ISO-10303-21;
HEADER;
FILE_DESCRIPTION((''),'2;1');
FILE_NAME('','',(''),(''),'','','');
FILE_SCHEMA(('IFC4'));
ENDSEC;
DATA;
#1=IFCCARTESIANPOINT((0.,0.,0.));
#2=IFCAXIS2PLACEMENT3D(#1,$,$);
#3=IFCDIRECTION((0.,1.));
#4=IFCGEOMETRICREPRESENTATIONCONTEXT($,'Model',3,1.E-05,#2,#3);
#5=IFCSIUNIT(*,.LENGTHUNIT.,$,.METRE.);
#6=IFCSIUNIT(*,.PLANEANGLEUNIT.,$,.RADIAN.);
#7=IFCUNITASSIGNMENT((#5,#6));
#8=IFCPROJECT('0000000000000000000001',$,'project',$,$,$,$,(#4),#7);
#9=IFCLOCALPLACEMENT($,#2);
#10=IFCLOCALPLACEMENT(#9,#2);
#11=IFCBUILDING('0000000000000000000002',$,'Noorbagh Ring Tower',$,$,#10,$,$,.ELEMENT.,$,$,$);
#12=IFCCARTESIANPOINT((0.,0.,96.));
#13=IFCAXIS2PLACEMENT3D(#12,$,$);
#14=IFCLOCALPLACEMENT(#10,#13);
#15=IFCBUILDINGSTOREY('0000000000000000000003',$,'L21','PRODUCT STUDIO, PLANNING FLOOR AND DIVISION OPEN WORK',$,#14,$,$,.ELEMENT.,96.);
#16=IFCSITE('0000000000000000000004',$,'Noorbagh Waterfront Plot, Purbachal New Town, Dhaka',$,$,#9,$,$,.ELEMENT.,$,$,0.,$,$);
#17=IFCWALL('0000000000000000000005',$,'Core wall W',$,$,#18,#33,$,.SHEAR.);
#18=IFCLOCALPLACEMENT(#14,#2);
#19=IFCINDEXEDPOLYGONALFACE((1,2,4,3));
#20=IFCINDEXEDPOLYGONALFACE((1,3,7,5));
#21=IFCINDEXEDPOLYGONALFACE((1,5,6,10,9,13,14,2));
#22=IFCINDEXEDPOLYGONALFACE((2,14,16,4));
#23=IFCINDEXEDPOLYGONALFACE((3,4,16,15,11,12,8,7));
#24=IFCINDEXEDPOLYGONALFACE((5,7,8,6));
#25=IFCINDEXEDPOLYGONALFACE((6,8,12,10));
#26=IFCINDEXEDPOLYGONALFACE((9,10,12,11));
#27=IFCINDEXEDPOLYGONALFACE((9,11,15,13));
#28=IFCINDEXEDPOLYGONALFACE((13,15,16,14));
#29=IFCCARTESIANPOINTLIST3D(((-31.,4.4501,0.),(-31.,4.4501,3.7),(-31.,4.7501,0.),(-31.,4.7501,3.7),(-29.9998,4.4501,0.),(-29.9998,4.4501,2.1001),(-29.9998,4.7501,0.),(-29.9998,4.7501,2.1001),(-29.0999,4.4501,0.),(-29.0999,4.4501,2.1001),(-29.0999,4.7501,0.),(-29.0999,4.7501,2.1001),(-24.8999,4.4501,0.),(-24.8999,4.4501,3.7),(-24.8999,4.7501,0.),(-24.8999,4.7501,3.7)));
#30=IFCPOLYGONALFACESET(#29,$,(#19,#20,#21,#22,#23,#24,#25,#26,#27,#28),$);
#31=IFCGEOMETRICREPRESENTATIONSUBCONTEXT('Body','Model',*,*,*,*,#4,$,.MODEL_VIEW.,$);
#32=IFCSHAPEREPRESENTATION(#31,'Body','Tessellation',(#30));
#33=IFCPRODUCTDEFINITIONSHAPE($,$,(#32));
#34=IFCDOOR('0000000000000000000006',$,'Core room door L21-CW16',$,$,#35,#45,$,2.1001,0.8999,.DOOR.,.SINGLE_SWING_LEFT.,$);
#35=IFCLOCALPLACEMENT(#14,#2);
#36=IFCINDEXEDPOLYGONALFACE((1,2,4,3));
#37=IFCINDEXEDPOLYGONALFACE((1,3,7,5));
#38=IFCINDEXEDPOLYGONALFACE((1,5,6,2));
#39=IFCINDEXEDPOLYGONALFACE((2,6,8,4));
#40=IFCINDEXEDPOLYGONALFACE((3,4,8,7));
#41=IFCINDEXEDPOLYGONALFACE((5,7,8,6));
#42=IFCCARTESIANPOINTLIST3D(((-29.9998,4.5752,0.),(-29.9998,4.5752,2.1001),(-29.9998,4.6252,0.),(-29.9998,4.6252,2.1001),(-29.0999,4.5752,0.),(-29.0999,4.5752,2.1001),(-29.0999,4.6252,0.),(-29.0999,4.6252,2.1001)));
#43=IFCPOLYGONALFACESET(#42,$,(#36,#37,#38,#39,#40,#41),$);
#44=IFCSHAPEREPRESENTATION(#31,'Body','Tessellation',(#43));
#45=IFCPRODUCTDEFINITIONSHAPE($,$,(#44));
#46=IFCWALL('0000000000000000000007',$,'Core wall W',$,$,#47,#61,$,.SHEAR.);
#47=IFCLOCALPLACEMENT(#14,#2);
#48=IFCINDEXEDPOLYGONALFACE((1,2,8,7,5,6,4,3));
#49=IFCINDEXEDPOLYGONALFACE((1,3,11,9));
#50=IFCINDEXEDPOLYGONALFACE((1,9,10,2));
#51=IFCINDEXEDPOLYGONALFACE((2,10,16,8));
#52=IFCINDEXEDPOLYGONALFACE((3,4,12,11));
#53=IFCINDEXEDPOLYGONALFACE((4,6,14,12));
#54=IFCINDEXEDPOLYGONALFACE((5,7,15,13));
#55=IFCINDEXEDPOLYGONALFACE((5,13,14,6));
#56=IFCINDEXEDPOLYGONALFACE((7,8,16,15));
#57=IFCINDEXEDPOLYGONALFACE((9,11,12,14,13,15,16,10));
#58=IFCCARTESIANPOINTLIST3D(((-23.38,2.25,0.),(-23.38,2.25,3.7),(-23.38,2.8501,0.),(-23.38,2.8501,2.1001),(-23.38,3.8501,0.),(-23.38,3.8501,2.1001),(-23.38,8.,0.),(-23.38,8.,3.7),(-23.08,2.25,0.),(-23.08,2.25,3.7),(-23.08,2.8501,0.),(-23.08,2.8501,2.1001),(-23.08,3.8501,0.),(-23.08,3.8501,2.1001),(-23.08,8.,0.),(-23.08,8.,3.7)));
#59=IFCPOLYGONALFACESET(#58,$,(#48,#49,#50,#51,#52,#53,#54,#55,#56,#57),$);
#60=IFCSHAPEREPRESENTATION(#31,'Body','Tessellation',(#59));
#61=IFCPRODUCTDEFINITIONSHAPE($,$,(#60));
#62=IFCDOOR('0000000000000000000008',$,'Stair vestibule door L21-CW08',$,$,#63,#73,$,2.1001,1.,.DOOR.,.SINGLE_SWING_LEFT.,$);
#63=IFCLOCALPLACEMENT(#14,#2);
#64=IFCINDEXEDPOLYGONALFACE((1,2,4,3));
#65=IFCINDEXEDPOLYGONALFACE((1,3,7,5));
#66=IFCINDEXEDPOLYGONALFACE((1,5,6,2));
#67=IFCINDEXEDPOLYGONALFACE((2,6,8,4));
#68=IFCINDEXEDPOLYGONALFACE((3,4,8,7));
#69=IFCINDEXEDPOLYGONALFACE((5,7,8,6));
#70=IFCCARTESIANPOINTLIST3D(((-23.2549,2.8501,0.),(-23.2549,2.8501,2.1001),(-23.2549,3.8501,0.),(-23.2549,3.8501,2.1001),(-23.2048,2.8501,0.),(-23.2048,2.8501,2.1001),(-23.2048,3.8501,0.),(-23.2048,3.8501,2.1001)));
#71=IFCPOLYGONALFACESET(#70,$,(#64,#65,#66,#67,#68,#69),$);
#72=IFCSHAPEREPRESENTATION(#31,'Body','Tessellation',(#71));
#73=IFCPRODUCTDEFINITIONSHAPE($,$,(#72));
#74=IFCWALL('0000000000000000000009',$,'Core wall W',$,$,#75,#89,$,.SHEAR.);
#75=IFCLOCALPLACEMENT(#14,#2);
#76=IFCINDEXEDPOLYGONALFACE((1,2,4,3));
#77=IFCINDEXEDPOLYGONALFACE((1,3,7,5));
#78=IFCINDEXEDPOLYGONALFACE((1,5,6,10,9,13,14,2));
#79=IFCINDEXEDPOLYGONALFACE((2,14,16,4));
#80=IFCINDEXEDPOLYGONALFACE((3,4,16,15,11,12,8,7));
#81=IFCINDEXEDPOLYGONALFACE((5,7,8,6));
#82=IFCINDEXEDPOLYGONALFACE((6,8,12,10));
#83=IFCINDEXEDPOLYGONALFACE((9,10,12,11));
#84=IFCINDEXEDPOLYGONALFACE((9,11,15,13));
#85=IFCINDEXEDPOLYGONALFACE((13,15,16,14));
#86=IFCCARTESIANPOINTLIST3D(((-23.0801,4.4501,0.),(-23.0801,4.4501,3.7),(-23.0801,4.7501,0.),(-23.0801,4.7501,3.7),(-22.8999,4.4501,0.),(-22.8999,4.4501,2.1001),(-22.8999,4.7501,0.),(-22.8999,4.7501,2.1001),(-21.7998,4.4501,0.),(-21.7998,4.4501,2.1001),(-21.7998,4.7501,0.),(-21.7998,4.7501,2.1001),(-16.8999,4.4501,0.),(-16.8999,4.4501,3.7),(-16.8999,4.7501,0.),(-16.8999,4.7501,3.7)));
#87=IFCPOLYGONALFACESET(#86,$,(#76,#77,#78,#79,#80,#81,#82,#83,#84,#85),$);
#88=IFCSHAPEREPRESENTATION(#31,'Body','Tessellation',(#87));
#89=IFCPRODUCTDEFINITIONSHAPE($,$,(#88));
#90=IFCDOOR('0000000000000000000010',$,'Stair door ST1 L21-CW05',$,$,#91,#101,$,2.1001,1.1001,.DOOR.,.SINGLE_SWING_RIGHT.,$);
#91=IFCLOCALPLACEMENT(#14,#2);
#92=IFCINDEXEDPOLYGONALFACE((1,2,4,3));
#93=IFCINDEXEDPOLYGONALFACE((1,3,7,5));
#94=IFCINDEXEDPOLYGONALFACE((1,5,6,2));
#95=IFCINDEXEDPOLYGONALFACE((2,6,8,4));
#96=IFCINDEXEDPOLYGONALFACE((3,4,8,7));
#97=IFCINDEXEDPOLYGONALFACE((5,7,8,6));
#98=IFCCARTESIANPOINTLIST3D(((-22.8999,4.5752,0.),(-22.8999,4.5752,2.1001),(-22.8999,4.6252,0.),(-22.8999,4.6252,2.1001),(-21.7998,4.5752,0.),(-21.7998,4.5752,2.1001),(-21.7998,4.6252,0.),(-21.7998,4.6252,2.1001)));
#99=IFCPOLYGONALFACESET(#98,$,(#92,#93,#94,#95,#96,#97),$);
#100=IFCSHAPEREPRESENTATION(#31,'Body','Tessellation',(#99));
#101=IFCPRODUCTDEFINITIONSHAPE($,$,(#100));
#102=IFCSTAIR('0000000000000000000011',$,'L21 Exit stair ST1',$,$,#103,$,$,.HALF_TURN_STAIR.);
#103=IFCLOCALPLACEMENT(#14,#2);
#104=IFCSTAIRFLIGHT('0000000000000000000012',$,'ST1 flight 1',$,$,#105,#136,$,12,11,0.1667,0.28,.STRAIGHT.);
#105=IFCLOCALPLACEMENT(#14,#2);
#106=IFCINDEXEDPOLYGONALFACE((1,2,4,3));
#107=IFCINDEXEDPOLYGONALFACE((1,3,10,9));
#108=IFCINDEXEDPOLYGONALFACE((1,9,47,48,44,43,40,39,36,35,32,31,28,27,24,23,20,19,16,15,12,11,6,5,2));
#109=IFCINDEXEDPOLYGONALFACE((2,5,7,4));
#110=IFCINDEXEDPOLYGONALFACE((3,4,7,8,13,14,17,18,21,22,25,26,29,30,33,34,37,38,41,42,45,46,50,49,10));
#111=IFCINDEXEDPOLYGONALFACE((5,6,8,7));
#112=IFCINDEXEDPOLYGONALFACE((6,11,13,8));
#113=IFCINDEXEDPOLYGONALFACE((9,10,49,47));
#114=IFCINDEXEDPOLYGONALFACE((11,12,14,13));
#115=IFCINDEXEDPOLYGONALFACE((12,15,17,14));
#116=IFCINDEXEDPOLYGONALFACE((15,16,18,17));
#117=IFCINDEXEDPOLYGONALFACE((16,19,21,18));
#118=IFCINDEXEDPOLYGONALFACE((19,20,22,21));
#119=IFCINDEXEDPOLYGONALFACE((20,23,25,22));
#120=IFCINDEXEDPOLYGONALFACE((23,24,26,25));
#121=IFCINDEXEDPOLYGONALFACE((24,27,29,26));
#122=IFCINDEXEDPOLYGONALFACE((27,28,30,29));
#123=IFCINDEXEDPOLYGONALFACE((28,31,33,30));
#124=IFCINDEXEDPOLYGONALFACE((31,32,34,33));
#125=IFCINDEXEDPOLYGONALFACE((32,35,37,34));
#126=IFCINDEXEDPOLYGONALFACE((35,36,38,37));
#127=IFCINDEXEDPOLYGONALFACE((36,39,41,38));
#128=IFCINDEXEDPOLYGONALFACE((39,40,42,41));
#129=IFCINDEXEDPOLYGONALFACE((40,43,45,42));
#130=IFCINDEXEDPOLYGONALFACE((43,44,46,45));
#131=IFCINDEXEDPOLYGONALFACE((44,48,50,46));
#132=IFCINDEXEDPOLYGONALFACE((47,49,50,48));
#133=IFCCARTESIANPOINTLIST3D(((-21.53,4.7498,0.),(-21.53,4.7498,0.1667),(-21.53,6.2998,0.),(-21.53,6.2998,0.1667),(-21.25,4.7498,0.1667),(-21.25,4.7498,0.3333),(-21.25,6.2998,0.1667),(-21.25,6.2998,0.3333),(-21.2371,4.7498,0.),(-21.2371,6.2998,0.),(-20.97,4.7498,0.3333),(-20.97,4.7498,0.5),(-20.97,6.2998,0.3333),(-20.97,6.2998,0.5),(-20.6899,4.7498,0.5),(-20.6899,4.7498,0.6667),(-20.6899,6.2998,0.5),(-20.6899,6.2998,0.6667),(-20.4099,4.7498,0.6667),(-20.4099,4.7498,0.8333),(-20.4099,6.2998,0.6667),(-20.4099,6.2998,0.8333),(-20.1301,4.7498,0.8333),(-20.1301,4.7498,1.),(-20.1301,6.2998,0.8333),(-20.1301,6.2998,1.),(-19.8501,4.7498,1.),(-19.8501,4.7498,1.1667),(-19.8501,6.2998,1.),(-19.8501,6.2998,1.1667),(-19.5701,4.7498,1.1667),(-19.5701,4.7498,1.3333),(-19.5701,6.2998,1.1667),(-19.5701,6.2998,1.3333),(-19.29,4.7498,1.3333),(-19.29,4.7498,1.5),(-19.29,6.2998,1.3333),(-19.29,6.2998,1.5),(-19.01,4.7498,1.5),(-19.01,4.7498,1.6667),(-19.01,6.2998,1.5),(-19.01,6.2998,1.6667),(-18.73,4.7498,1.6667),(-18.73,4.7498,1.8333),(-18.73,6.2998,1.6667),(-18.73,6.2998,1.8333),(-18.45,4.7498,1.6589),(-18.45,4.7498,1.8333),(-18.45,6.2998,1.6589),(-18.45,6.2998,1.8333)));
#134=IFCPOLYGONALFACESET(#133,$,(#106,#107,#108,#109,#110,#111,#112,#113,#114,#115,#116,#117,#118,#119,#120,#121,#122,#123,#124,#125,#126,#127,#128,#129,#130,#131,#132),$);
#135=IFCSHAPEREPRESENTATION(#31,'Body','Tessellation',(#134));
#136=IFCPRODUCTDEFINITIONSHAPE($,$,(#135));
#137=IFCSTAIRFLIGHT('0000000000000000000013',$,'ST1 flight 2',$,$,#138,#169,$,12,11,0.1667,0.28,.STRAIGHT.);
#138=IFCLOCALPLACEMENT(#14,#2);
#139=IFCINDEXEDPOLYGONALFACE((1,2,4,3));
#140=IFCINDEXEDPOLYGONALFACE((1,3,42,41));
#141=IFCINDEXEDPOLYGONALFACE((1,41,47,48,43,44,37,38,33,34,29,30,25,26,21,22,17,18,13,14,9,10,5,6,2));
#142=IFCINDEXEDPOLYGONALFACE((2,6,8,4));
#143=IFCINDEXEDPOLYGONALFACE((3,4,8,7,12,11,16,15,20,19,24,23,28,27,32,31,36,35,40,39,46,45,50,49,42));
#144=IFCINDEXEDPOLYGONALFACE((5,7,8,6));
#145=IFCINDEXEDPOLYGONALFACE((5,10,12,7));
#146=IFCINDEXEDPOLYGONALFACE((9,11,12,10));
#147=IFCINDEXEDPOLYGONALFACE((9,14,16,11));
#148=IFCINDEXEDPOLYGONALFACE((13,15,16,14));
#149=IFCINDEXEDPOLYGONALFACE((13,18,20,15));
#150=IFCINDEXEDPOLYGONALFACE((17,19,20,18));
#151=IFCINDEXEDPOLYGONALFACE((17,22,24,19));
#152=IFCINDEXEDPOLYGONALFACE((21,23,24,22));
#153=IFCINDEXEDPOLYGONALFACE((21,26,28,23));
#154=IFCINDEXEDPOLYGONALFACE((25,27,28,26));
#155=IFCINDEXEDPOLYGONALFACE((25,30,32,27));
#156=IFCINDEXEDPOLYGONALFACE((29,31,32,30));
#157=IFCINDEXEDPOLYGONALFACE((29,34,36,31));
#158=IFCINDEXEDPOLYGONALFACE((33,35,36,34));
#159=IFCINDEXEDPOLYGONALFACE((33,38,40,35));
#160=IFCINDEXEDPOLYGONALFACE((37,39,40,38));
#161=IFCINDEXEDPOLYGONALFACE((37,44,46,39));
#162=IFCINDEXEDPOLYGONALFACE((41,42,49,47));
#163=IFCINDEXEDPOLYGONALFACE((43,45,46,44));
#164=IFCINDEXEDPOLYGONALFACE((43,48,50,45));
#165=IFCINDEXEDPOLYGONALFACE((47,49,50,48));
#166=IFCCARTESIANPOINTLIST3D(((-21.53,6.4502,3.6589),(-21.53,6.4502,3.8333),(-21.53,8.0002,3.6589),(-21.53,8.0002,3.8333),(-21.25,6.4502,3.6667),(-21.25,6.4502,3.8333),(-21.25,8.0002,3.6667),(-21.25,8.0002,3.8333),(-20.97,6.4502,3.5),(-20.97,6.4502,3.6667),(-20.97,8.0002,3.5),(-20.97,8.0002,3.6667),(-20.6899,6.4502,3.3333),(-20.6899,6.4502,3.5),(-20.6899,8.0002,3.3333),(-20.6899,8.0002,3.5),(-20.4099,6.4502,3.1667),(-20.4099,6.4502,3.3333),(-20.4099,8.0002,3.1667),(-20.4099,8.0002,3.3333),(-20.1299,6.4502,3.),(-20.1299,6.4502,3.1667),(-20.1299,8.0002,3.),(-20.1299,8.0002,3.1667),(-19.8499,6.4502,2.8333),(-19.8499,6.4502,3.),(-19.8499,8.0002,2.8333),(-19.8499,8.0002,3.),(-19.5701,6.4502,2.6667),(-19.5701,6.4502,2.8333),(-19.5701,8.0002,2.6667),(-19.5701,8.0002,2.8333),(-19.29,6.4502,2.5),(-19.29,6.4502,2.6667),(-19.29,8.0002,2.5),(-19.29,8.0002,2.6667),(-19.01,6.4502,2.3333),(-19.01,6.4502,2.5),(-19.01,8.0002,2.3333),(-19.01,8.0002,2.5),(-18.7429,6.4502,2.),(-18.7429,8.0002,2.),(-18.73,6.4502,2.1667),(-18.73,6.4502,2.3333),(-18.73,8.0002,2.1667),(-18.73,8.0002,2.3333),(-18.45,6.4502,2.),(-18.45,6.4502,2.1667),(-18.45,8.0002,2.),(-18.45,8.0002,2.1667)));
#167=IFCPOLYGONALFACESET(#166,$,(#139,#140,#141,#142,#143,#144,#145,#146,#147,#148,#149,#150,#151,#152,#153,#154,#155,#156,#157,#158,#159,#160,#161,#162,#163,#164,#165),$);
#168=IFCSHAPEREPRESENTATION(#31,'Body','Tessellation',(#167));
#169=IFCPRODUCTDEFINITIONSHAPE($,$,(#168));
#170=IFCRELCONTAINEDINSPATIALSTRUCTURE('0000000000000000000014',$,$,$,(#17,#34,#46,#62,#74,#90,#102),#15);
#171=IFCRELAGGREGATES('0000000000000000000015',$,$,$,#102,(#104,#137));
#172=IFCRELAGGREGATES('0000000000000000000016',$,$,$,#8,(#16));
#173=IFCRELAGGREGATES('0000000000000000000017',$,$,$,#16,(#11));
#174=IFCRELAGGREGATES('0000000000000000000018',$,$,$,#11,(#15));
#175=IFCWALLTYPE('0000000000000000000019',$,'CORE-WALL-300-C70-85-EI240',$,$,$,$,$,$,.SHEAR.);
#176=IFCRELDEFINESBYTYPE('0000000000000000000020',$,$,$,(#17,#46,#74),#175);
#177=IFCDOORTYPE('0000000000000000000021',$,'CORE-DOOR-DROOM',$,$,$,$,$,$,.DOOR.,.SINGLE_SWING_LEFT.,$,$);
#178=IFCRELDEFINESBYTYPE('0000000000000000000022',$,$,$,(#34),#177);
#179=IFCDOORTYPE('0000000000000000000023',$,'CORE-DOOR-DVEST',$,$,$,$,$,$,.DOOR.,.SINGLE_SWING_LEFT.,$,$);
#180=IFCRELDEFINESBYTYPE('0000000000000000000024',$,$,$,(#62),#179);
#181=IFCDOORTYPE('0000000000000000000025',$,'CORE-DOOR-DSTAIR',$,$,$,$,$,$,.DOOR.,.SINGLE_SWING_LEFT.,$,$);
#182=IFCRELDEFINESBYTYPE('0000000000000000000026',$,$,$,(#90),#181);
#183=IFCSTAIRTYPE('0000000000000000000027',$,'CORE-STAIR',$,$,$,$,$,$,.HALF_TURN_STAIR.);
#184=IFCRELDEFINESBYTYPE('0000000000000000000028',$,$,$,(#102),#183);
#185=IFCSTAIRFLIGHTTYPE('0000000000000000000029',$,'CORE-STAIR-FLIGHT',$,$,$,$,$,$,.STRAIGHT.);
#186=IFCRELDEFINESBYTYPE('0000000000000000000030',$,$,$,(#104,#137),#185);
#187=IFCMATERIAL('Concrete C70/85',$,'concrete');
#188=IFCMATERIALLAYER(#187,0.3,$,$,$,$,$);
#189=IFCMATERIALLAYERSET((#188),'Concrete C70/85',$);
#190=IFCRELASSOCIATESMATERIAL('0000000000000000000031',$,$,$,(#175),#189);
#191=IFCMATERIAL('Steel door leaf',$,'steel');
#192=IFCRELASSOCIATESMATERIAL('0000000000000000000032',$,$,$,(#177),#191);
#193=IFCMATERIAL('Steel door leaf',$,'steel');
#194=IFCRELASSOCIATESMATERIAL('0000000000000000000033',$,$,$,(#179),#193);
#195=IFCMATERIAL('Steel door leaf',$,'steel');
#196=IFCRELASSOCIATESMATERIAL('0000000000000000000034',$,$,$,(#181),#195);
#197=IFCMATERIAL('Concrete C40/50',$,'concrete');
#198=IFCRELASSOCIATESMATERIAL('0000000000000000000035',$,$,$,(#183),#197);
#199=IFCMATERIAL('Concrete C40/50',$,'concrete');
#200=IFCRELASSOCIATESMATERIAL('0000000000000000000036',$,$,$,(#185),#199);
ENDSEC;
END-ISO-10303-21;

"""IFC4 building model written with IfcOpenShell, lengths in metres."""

from ifc_helpers import new_model, si_unit, direction, frame, frame_2d, origin, place, context, subcontext, project, spatial, polyline, rectangle, outline, extrude, material, layer, layer_set, type_object, element, fill, aggregate, save


model = new_model("IFC4")

# Units and contexts
model_context = context("Model", 3, precision=1e-05, world=origin(), true_north=direction((0.0, 1.0)))
body_context = subcontext(model_context, "Body", "Model", "MODEL_VIEW")
ifc_project = project(units=[si_unit("LENGTHUNIT", "METRE"), si_unit("PLANEANGLEUNIT", "RADIAN")], contexts=[model_context])

# Site, building, storey
site_placement = place(None, origin())
site = spatial("IfcSite", under=ifc_project, at=site_placement, Name="Noorbagh Waterfront Plot, Purbachal New Town, Dhaka", CompositionType="ELEMENT", RefElevation=0.0)
building_placement = place(site_placement, origin())
building = spatial("IfcBuilding", under=site, at=building_placement, Name="Noorbagh Ring Tower", CompositionType="ELEMENT")
storey_placement = place(building_placement, frame((0.0, 0.0, 96.0)))
storey = spatial("IfcBuildingStorey", under=building, at=storey_placement, Name="L21", Description="PRODUCT STUDIO, PLANNING FLOOR AND DIVISION OPEN WORK", CompositionType="ELEMENT", Elevation=96.0)

# Walls, openings, doors
ifc_material_1 = material(Name="Concrete C70/85", Category="concrete")
ifc_layer_1 = layer(ifc_material_1, 0.3)
ifc_layer_set_1 = layer_set([ifc_layer_1], Name="Concrete C70/85")
wall_type_1 = type_object("IfcWallType", Name="CORE-WALL-300-C70-85-EI240", PredefinedType="SHEAR", material=ifc_layer_set_1)
wall_1_placement = place(storey_placement, frame((-24.8999, 4.6001, 0.0), z_axis=(0.0, 0.0, 1.0), x_axis=(-1.0, 0.0, 0.0)))
wall_1 = element("IfcWall", 1, at=wall_1_placement, inside=storey, type_object=wall_type_1, Name="Core wall W", PredefinedType="SHEAR", context=body_context, shape_type="SweptSolid", body=[
    extrude(rectangle(XDim=6.1001, YDim=0.3, at=frame_2d((3.05, 0.0))), origin(), (0.0, 0.0, 1.0), 3.7),
])
opening_1_placement = place(wall_1_placement, frame((4.2, 0.0, 0.0)))
opening_1 = element("IfcOpeningElement", 2, at=opening_1_placement, cuts=wall_1, PredefinedType="OPENING", context=body_context, shape_type="SweptSolid", body=[
    extrude(rectangle(XDim=0.8999, YDim=2.1001, at=frame_2d((0.45, 1.05))), frame((0.0, 0.1602, 0.0), z_axis=(0.0, -1.0, 0.0), x_axis=(1.0, 0.0, 0.0)), (0.0, 0.0, 1.0), 0.3201),
])
ifc_material_2 = material(Name="Steel door leaf", Category="steel")
door_type_1 = type_object("IfcDoorType", Name="CORE-DOOR-DROOM", OperationType="SINGLE_SWING_LEFT", PredefinedType="DOOR", material=ifc_material_2)
door_1_placement = place(opening_1_placement, origin())
door_1 = element("IfcDoor", 3, at=door_1_placement, inside=storey, type_object=door_type_1, Name="Core room door L21-CW16", OperationType="SINGLE_SWING_LEFT", OverallHeight=2.1001, OverallWidth=0.8999, PredefinedType="DOOR", context=body_context, shape_type="SweptSolid", body=[
    extrude(rectangle(XDim=0.8999, YDim=2.1001, at=frame_2d((0.45, 1.05))), frame((0.0, 0.0249, 0.0), z_axis=(0.0, -1.0, 0.0), x_axis=(1.0, 0.0, 0.0)), (0.0, 0.0, 1.0), 0.05),
])
fill(opening_1, door_1)
wall_2_placement = place(storey_placement, frame((-23.23, 2.25, 0.0), z_axis=(0.0, 0.0, 1.0), x_axis=(0.0, 1.0, 0.0)))
wall_2 = element("IfcWall", 4, at=wall_2_placement, inside=storey, type_object=wall_type_1, Name="Core wall W", PredefinedType="SHEAR", context=body_context, shape_type="SweptSolid", body=[
    extrude(rectangle(XDim=5.75, YDim=0.3, at=frame_2d((2.875, 0.0))), origin(), (0.0, 0.0, 1.0), 3.7),
])
opening_2_placement = place(wall_2_placement, frame((0.6001, 0.0, 0.0)))
opening_2 = element("IfcOpeningElement", 5, at=opening_2_placement, cuts=wall_2, PredefinedType="OPENING", context=body_context, shape_type="SweptSolid", body=[
    extrude(rectangle(XDim=1.0, YDim=2.1001, at=frame_2d((0.5, 1.05))), frame((0.0, 0.1602, 0.0), z_axis=(0.0, -1.0, 0.0), x_axis=(1.0, 0.0, 0.0)), (0.0, 0.0, 1.0), 0.3201),
])
ifc_material_3 = material(Name="Steel door leaf", Category="steel")
door_type_2 = type_object("IfcDoorType", Name="CORE-DOOR-DVEST", OperationType="SINGLE_SWING_LEFT", PredefinedType="DOOR", material=ifc_material_3)
door_2_placement = place(opening_2_placement, origin())
door_2 = element("IfcDoor", 6, at=door_2_placement, inside=storey, type_object=door_type_2, Name="Stair vestibule door L21-CW08", OperationType="SINGLE_SWING_LEFT", OverallHeight=2.1001, OverallWidth=1.0, PredefinedType="DOOR", context=body_context, shape_type="SweptSolid", body=[
    extrude(rectangle(XDim=1.0, YDim=2.1001, at=frame_2d((0.5, 1.05))), frame((0.0, 0.0249, 0.0), z_axis=(0.0, -1.0, 0.0), x_axis=(1.0, 0.0, 0.0)), (0.0, 0.0, 1.0), 0.05),
])
fill(opening_2, door_2)
wall_3_placement = place(storey_placement, frame((-16.8999, 4.6001, 0.0), z_axis=(0.0, 0.0, 1.0), x_axis=(-1.0, 0.0, 0.0)))
wall_3 = element("IfcWall", 7, at=wall_3_placement, inside=storey, type_object=wall_type_1, Name="Core wall W", PredefinedType="SHEAR", context=body_context, shape_type="SweptSolid", body=[
    extrude(rectangle(XDim=6.1802, YDim=0.3, at=frame_2d((3.0901, 0.0))), origin(), (0.0, 0.0, 1.0), 3.7),
])
opening_3_placement = place(wall_3_placement, frame((4.8999, 0.0, 0.0)))
opening_3 = element("IfcOpeningElement", 8, at=opening_3_placement, cuts=wall_3, PredefinedType="OPENING", context=body_context, shape_type="SweptSolid", body=[
    extrude(rectangle(XDim=1.1001, YDim=2.1001, at=frame_2d((0.55, 1.05))), frame((0.0, 0.1602, 0.0), z_axis=(0.0, -1.0, 0.0), x_axis=(1.0, 0.0, 0.0)), (0.0, 0.0, 1.0), 0.3201),
])
ifc_material_4 = material(Name="Steel door leaf", Category="steel")
door_type_3 = type_object("IfcDoorType", Name="CORE-DOOR-DSTAIR", OperationType="SINGLE_SWING_LEFT", PredefinedType="DOOR", material=ifc_material_4)
door_3_placement = place(opening_3_placement, origin())
door_3 = element("IfcDoor", 9, at=door_3_placement, inside=storey, type_object=door_type_3, Name="Stair door ST1 L21-CW05", OperationType="SINGLE_SWING_RIGHT", OverallHeight=2.1001, OverallWidth=1.1001, PredefinedType="DOOR", context=body_context, shape_type="SweptSolid", body=[
    extrude(rectangle(XDim=1.1001, YDim=2.1001, at=frame_2d((0.55, 1.05))), frame((0.0, 0.0249, 0.0), z_axis=(0.0, -1.0, 0.0), x_axis=(1.0, 0.0, 0.0)), (0.0, 0.0, 1.0), 0.05),
])
fill(opening_3, door_3)

# Stair, stair flights
ifc_material_5 = material(Name="Concrete C40/50", Category="concrete")
stair_type = type_object("IfcStairType", Name="CORE-STAIR", PredefinedType="HALF_TURN_STAIR", material=ifc_material_5)
stair_placement = place(storey_placement, origin())
stair = element("IfcStair", 10, at=stair_placement, inside=storey, type_object=stair_type, Name="L21 Exit stair ST1", PredefinedType="HALF_TURN_STAIR")
ifc_material_6 = material(Name="Concrete C40/50", Category="concrete")
stair_flight_type = type_object("IfcStairFlightType", Name="CORE-STAIR-FLIGHT", PredefinedType="STRAIGHT", material=ifc_material_6)
stair_flight_1_placement = place(storey_placement, frame((-21.53, 5.5249, 0.0), z_axis=(0.0, 0.0, 1.0), x_axis=(1.0, 0.0, 0.0)))
stair_flight_1 = element("IfcStairFlight", 11, at=stair_flight_1_placement, type_object=stair_flight_type, Name="ST1 flight 1", NumberOfRisers=12, NumberOfTreads=11, PredefinedType="STRAIGHT", RiserHeight=0.1667, TreadLength=0.28, context=body_context, shape_type="SweptSolid", body=[
    extrude(outline(polyline([(0.0, 0.0), (0.0, 0.1667), (0.28, 0.1667), (0.28, 0.3333), (0.5601, 0.3333), (0.5601, 0.5), (0.8401, 0.5), (0.8401, 0.6667), (1.1201, 0.6667), (1.1201, 0.8333), (1.3999, 0.8333), (1.3999, 1.0), (1.6799, 1.0), (1.6799, 1.1667), (1.96, 1.1667), (1.96, 1.3333), (2.24, 1.3333), (2.24, 1.5), (2.52, 1.5), (2.52, 1.6667), (2.8, 1.6667), (2.8, 1.8333), (3.0801, 1.8333), (3.0801, 2.0), (3.0801, 1.6589), (0.293, 0.0), (0.0, 0.0)])), frame((0.0, 0.7749, 0.0), z_axis=(0.0, -1.0, 0.0), x_axis=(1.0, 0.0, 0.0)), (0.0, 0.0, 1.0), 1.55),
])
stair_flight_2_placement = place(storey_placement, frame((-18.45, 7.2251, 2.0), z_axis=(0.0, 0.0, 1.0), x_axis=(-1.0, 0.0, 0.0)))
stair_flight_2 = element("IfcStairFlight", 12, at=stair_flight_2_placement, type_object=stair_flight_type, Name="ST1 flight 2", NumberOfRisers=12, NumberOfTreads=11, PredefinedType="STRAIGHT", RiserHeight=0.1667, TreadLength=0.28, context=body_context, shape_type="SweptSolid", body=[
    extrude(outline(polyline([(0.0, 0.0), (0.0, 0.1667), (0.28, 0.1667), (0.28, 0.3333), (0.5601, 0.3333), (0.5601, 0.5), (0.8401, 0.5), (0.8401, 0.6667), (1.1201, 0.6667), (1.1201, 0.8333), (1.3999, 0.8333), (1.3999, 1.0), (1.6799, 1.0), (1.6799, 1.1667), (1.96, 1.1667), (1.96, 1.3333), (2.24, 1.3333), (2.24, 1.5), (2.52, 1.5), (2.52, 1.6667), (2.8, 1.6667), (2.8, 1.8333), (3.0801, 1.8333), (3.0801, 2.0), (3.0801, 1.6589), (0.293, 0.0), (0.0, 0.0)])), frame((0.0, 0.7749, 0.0), z_axis=(0.0, -1.0, 0.0), x_axis=(1.0, 0.0, 0.0)), (0.0, 0.0, 1.0), 1.55),
])
aggregate(stair, [stair_flight_1, stair_flight_2])

save(model, "model.ifc")
